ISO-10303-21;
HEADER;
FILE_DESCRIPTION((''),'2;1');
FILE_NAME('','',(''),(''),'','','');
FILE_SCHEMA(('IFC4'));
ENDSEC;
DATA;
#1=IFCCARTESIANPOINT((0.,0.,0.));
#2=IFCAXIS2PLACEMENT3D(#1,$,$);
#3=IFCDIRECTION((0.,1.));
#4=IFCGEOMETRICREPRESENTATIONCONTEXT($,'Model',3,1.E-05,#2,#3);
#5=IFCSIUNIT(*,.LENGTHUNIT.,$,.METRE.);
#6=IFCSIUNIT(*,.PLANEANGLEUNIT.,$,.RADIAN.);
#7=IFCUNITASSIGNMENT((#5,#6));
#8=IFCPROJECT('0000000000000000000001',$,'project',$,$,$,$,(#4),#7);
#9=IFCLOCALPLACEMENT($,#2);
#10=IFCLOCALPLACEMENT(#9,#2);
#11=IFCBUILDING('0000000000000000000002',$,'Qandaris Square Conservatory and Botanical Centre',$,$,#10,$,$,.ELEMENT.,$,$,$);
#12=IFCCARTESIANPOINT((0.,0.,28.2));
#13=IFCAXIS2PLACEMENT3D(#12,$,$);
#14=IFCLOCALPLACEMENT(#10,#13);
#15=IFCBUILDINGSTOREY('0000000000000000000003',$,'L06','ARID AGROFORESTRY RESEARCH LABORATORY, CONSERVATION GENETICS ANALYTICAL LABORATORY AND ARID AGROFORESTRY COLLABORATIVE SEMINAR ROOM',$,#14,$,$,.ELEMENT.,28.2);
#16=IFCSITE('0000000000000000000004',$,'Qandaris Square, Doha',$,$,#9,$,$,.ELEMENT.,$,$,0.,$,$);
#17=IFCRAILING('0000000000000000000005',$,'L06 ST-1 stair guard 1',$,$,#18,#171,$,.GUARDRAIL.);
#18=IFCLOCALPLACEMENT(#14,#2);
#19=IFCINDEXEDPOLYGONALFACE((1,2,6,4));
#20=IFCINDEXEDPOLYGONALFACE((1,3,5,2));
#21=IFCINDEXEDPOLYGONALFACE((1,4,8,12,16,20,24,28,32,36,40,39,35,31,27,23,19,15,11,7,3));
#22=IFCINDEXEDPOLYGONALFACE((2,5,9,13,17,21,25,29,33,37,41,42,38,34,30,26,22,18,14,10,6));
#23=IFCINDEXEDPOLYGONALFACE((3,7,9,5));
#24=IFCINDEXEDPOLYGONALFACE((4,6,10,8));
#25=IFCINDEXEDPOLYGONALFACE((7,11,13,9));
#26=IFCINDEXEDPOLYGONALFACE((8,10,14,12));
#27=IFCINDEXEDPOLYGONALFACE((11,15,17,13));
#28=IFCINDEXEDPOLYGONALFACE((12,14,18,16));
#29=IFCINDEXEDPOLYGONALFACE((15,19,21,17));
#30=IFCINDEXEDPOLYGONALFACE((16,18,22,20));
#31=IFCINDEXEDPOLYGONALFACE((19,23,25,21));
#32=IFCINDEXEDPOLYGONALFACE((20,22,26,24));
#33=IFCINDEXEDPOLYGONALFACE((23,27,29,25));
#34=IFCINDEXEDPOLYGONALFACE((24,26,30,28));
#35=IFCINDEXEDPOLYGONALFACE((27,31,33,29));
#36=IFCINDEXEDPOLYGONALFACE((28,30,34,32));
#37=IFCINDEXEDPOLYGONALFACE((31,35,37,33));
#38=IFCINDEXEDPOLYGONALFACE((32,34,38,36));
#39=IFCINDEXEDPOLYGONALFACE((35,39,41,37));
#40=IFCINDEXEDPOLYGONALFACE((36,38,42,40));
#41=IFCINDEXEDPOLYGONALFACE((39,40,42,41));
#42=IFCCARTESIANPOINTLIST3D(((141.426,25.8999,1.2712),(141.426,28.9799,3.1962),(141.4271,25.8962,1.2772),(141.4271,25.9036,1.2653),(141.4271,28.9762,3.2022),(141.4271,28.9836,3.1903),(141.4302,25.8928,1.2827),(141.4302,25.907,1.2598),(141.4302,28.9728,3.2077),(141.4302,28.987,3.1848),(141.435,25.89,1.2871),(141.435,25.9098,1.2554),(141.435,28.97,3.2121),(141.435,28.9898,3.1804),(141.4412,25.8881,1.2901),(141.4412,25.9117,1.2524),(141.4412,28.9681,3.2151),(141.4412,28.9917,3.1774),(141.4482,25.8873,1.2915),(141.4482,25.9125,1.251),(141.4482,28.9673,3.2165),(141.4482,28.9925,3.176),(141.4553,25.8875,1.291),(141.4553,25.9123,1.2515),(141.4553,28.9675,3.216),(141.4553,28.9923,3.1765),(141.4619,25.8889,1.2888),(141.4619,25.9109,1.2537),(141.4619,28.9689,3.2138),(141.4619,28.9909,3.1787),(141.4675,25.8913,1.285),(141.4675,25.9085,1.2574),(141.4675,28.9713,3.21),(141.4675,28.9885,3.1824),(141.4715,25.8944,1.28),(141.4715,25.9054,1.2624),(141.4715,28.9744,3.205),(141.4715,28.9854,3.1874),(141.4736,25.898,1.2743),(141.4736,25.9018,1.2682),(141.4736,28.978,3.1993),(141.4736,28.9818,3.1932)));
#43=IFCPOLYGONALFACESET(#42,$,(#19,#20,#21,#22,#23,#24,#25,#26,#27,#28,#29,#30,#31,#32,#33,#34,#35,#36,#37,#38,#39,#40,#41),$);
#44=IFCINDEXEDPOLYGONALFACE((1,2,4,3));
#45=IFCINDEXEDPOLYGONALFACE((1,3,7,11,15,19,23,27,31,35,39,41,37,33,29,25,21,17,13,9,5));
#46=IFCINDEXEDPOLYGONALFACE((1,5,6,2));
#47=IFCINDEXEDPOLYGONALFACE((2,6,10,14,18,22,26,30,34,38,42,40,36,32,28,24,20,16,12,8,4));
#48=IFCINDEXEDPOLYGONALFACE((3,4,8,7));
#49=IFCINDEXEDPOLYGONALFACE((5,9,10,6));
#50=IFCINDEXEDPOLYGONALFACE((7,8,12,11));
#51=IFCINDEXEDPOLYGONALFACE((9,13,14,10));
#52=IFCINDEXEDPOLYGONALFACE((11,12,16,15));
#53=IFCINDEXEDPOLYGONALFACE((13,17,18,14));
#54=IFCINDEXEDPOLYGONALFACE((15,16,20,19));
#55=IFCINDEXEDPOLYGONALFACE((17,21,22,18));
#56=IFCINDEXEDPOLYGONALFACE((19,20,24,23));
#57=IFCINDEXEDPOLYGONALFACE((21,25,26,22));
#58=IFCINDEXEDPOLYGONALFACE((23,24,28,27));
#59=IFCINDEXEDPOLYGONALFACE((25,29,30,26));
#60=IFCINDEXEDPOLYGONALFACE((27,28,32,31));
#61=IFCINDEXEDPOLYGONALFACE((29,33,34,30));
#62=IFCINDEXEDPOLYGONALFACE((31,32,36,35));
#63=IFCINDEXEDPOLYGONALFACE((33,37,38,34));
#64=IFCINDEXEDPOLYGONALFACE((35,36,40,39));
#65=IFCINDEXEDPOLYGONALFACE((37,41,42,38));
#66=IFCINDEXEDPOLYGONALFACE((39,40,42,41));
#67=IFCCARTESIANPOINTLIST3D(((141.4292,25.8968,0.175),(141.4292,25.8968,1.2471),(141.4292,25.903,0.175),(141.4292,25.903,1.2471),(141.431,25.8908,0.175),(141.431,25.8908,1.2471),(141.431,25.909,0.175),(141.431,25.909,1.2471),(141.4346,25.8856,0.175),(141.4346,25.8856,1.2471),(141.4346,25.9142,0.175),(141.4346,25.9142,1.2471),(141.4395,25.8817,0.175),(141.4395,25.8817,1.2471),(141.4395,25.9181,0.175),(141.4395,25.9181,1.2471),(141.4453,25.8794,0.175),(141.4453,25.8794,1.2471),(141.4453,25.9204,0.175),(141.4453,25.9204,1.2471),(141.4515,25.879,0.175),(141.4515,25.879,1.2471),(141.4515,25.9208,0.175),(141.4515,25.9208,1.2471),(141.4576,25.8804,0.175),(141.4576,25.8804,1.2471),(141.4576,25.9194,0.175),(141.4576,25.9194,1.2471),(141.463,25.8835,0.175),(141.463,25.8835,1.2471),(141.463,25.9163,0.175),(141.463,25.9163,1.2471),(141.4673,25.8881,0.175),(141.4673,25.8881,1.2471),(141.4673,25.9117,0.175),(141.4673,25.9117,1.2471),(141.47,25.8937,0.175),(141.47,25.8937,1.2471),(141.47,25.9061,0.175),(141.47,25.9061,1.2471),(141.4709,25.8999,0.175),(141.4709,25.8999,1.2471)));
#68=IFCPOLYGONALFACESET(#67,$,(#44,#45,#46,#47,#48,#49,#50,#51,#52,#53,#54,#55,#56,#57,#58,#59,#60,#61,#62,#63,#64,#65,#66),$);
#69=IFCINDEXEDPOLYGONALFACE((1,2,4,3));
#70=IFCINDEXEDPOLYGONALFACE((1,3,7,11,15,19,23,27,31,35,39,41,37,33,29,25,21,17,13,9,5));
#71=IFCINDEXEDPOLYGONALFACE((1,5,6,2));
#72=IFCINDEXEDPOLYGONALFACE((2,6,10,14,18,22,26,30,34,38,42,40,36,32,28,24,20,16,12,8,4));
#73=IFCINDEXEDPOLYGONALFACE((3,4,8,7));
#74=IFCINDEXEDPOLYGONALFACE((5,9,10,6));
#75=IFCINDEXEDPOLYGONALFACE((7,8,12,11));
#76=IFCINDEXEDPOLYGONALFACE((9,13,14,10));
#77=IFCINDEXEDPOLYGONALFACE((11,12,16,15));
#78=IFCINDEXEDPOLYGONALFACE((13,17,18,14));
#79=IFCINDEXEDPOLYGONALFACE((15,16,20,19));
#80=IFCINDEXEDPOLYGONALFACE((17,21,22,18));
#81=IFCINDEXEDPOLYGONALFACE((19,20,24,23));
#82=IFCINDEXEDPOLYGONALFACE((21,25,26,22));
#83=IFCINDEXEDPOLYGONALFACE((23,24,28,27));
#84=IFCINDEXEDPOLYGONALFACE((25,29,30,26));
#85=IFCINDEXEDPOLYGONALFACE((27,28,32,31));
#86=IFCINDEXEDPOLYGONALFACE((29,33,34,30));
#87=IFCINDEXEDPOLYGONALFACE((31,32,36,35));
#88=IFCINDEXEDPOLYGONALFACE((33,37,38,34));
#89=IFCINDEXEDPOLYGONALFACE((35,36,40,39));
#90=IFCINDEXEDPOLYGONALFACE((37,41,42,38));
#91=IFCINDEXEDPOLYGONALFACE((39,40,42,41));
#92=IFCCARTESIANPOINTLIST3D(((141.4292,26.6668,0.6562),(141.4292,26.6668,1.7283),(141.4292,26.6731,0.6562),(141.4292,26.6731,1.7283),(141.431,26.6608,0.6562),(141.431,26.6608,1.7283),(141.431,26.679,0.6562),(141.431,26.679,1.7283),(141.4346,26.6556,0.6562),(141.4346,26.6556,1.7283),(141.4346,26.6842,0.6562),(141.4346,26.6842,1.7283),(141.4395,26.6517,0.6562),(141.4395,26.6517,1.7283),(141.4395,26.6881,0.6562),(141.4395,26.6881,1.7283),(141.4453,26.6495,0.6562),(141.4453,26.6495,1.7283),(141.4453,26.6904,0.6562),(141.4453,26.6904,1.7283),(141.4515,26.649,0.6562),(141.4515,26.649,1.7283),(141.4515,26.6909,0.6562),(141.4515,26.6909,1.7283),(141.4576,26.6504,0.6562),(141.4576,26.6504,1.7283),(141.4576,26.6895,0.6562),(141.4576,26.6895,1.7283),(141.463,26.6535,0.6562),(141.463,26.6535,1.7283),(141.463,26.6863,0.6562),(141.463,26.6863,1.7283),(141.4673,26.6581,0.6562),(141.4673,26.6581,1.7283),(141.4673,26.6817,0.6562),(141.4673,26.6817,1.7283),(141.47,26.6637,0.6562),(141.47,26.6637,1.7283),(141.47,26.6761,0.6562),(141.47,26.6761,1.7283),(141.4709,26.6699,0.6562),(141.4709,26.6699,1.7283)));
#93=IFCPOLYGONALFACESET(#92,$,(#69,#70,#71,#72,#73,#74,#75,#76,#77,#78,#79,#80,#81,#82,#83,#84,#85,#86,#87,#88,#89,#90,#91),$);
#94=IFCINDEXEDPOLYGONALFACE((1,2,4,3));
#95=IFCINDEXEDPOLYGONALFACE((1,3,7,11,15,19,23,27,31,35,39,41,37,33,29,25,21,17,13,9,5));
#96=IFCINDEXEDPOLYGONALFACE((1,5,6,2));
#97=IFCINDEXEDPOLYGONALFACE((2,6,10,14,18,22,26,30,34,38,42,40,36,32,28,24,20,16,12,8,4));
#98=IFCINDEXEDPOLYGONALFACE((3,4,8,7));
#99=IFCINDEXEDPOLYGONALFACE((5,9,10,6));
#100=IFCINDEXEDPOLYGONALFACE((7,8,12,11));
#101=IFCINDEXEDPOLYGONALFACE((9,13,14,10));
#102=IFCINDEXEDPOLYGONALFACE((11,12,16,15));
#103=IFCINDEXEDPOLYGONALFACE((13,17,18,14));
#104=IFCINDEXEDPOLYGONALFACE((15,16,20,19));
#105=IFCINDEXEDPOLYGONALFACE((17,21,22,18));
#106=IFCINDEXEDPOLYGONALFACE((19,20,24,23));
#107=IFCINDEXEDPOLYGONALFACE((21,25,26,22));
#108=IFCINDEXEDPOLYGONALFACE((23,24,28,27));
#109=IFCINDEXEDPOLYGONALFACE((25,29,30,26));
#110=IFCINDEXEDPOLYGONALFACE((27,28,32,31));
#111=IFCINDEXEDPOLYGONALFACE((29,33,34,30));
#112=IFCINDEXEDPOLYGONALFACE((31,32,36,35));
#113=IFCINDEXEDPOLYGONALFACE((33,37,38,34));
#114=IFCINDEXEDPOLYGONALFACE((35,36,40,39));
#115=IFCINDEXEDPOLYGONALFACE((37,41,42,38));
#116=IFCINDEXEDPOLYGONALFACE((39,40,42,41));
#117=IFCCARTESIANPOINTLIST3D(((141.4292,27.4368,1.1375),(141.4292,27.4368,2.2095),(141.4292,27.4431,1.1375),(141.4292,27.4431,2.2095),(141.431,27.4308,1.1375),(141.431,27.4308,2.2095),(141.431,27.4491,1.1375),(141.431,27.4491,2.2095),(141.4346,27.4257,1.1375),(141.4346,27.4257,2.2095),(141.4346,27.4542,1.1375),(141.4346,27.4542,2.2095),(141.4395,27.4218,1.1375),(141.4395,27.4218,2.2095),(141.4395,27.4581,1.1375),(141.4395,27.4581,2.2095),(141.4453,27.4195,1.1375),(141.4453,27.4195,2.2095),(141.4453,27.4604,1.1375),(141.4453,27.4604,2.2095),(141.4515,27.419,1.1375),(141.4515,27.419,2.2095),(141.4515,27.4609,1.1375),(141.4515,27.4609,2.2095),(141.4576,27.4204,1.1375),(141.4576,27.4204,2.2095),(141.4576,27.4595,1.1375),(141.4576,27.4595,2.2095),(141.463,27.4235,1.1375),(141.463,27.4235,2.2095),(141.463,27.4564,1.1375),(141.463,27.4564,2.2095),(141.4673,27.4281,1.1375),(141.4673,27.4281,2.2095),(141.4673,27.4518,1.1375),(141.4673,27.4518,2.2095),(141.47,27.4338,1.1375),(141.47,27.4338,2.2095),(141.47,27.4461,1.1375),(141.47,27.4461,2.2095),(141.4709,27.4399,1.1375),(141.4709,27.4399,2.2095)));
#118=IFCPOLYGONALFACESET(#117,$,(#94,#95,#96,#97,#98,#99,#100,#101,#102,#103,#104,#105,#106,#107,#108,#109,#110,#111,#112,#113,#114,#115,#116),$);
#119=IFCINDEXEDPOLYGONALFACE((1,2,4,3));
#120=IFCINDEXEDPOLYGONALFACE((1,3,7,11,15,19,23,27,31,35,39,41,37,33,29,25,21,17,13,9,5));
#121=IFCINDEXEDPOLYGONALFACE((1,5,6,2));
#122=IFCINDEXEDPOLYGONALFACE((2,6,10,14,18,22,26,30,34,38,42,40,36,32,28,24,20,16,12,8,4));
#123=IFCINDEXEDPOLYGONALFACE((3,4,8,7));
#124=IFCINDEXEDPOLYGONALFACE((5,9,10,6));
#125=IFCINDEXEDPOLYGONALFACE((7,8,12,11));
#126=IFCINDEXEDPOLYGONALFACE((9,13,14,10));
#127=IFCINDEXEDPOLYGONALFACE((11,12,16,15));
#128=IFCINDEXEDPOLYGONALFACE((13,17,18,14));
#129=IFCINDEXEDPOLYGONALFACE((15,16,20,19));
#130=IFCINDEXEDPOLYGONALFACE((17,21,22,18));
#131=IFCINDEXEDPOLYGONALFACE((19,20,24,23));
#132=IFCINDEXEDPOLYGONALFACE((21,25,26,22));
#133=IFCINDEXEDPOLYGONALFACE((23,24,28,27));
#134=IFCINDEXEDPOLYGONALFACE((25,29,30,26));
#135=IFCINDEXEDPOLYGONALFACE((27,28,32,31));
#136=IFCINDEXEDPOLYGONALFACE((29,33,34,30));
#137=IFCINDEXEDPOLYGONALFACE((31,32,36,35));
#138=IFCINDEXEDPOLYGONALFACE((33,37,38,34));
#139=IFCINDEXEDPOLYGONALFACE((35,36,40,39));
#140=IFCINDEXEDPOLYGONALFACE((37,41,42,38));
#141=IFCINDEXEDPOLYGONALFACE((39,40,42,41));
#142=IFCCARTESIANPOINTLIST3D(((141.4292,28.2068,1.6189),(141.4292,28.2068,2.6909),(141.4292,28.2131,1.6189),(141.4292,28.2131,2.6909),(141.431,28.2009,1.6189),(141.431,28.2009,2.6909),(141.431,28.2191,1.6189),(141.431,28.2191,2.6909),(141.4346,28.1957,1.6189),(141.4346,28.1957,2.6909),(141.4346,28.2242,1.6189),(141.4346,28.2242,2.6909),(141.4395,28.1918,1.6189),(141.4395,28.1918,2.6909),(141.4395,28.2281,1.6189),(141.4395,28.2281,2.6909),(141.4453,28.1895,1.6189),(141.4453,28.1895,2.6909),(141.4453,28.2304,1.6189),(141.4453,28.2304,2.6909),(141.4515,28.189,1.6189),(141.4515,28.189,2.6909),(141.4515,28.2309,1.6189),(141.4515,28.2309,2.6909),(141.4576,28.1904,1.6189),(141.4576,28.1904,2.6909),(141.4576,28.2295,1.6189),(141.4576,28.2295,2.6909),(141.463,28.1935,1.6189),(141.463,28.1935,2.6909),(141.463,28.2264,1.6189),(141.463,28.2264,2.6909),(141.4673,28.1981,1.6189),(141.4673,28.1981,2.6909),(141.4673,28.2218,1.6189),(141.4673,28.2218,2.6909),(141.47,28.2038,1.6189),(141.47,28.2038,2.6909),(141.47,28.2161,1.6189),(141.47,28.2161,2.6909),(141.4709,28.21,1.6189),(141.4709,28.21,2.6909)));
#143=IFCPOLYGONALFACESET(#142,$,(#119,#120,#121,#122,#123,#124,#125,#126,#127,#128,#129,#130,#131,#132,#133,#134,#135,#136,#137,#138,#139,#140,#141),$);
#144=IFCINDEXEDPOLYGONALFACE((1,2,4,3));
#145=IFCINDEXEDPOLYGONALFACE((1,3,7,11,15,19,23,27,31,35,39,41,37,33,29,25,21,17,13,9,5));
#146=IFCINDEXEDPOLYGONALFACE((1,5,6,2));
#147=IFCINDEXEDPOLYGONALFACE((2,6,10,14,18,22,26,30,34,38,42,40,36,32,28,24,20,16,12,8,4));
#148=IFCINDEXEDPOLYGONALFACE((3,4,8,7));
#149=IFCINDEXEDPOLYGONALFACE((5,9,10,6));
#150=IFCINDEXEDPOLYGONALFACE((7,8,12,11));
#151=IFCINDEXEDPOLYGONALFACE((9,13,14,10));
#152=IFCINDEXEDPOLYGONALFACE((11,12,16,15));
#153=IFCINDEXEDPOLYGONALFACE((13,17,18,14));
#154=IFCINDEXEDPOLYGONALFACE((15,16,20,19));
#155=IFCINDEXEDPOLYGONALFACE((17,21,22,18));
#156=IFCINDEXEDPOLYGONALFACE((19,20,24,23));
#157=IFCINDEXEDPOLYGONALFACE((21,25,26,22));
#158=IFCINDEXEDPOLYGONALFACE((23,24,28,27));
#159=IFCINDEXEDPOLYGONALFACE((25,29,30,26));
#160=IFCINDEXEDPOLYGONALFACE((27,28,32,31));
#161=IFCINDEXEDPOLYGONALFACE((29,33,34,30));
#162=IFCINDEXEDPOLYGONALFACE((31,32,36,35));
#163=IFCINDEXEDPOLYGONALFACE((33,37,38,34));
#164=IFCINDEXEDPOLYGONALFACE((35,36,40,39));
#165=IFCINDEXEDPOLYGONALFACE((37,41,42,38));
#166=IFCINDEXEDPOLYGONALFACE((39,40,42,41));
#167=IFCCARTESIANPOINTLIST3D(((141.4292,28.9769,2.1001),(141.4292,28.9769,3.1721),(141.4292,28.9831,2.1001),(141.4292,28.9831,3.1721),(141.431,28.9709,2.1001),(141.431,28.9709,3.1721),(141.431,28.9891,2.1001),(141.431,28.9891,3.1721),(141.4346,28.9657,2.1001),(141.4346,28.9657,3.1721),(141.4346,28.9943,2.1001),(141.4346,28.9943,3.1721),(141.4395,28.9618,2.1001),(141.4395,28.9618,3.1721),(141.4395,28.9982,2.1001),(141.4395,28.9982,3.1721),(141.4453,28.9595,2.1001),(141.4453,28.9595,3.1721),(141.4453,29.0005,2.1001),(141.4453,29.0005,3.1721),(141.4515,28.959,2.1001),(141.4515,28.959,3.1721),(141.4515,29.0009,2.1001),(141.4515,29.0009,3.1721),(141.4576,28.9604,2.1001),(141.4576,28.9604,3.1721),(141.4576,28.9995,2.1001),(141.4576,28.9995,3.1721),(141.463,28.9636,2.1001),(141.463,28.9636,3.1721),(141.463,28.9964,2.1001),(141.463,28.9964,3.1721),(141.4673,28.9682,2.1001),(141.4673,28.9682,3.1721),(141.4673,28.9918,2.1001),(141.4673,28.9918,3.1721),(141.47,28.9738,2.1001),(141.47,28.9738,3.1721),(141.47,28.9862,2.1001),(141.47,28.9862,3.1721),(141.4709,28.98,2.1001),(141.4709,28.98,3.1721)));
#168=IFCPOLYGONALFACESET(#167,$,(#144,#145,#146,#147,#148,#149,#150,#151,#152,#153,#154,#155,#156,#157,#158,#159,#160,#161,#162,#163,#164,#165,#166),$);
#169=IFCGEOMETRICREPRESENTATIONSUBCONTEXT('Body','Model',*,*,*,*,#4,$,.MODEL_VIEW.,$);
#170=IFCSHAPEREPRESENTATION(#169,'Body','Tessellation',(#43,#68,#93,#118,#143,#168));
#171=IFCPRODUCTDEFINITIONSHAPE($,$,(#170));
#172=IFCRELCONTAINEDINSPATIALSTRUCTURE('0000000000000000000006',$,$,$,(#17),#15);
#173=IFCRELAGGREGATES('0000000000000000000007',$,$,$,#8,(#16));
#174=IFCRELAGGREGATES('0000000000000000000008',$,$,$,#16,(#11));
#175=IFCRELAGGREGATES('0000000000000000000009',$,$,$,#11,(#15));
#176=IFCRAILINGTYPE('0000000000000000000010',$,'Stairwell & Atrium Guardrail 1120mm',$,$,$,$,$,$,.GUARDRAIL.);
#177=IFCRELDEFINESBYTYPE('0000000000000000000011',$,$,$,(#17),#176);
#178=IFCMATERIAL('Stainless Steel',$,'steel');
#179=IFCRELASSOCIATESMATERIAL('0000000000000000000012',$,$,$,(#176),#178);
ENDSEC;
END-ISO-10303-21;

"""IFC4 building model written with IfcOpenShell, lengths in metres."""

from ifc_helpers import new_model, si_unit, direction, frame, origin, origin_2d, place, context, subcontext, project, spatial, circle, extrude, material, type_object, element, save


model = new_model("IFC4")

# Units and contexts
model_context = context("Model", 3, precision=1e-05, world=origin(), true_north=direction((0.0, 1.0)))
body_context = subcontext(model_context, "Body", "Model", "MODEL_VIEW")
ifc_project = project(units=[si_unit("LENGTHUNIT", "METRE"), si_unit("PLANEANGLEUNIT", "RADIAN")], contexts=[model_context])

# Site, building, storey
site_placement = place(None, origin())
site = spatial("IfcSite", under=ifc_project, at=site_placement, Name="Qandaris Square, Doha", CompositionType="ELEMENT", RefElevation=0.0)
building_placement = place(site_placement, origin())
building = spatial("IfcBuilding", under=site, at=building_placement, Name="Qandaris Square Conservatory and Botanical Centre", CompositionType="ELEMENT")
storey_placement = place(building_placement, frame((0.0, 0.0, 28.2)))
storey = spatial("IfcBuildingStorey", under=building, at=storey_placement, Name="L06", Description="ARID AGROFORESTRY RESEARCH LABORATORY, CONSERVATION GENETICS ANALYTICAL LABORATORY AND ARID AGROFORESTRY COLLABORATIVE SEMINAR ROOM", CompositionType="ELEMENT", Elevation=28.2)

# Railing
ifc_material_1 = material(Name="Stainless Steel", Category="steel")
railing_type_1 = type_object("IfcRailingType", Name="Stairwell & Atrium Guardrail 1120mm", PredefinedType="GUARDRAIL", material=ifc_material_1)
railing_1_placement = place(storey_placement, frame((141.45, 25.8999, 0.175)))
element("IfcRailing", 1, at=railing_1_placement, inside=storey, type_object=railing_type_1, Name="L06 ST-1 stair guard 1", PredefinedType="GUARDRAIL", context=body_context, shape_type="SweptSolid", body=[
    extrude(circle(Radius=0.0239, at=origin_2d()), frame((0.0, 0.0, 1.0962), z_axis=(0.0, 0.847998, 0.529999), x_axis=(-1.0, 0.0, 0.0)), (0.0, 0.0, 1.0), 3.6321),
    extrude(circle(Radius=0.021, at=origin_2d()), origin(), (0.0, 0.0, 1.0), 1.072),
    extrude(circle(Radius=0.021, at=origin_2d()), frame((0.0, 0.77, 0.4812)), (0.0, 0.0, 1.0), 1.072),
    extrude(circle(Radius=0.021, at=origin_2d()), frame((0.0, 1.54, 0.9624)), (0.0, 0.0, 1.0), 1.072),
    extrude(circle(Radius=0.021, at=origin_2d()), frame((0.0, 2.3101, 1.4438)), (0.0, 0.0, 1.0), 1.072),
    extrude(circle(Radius=0.021, at=origin_2d()), frame((0.0, 3.0801, 1.925)), (0.0, 0.0, 1.0), 1.072),
])

save(model, "model.ifc")
